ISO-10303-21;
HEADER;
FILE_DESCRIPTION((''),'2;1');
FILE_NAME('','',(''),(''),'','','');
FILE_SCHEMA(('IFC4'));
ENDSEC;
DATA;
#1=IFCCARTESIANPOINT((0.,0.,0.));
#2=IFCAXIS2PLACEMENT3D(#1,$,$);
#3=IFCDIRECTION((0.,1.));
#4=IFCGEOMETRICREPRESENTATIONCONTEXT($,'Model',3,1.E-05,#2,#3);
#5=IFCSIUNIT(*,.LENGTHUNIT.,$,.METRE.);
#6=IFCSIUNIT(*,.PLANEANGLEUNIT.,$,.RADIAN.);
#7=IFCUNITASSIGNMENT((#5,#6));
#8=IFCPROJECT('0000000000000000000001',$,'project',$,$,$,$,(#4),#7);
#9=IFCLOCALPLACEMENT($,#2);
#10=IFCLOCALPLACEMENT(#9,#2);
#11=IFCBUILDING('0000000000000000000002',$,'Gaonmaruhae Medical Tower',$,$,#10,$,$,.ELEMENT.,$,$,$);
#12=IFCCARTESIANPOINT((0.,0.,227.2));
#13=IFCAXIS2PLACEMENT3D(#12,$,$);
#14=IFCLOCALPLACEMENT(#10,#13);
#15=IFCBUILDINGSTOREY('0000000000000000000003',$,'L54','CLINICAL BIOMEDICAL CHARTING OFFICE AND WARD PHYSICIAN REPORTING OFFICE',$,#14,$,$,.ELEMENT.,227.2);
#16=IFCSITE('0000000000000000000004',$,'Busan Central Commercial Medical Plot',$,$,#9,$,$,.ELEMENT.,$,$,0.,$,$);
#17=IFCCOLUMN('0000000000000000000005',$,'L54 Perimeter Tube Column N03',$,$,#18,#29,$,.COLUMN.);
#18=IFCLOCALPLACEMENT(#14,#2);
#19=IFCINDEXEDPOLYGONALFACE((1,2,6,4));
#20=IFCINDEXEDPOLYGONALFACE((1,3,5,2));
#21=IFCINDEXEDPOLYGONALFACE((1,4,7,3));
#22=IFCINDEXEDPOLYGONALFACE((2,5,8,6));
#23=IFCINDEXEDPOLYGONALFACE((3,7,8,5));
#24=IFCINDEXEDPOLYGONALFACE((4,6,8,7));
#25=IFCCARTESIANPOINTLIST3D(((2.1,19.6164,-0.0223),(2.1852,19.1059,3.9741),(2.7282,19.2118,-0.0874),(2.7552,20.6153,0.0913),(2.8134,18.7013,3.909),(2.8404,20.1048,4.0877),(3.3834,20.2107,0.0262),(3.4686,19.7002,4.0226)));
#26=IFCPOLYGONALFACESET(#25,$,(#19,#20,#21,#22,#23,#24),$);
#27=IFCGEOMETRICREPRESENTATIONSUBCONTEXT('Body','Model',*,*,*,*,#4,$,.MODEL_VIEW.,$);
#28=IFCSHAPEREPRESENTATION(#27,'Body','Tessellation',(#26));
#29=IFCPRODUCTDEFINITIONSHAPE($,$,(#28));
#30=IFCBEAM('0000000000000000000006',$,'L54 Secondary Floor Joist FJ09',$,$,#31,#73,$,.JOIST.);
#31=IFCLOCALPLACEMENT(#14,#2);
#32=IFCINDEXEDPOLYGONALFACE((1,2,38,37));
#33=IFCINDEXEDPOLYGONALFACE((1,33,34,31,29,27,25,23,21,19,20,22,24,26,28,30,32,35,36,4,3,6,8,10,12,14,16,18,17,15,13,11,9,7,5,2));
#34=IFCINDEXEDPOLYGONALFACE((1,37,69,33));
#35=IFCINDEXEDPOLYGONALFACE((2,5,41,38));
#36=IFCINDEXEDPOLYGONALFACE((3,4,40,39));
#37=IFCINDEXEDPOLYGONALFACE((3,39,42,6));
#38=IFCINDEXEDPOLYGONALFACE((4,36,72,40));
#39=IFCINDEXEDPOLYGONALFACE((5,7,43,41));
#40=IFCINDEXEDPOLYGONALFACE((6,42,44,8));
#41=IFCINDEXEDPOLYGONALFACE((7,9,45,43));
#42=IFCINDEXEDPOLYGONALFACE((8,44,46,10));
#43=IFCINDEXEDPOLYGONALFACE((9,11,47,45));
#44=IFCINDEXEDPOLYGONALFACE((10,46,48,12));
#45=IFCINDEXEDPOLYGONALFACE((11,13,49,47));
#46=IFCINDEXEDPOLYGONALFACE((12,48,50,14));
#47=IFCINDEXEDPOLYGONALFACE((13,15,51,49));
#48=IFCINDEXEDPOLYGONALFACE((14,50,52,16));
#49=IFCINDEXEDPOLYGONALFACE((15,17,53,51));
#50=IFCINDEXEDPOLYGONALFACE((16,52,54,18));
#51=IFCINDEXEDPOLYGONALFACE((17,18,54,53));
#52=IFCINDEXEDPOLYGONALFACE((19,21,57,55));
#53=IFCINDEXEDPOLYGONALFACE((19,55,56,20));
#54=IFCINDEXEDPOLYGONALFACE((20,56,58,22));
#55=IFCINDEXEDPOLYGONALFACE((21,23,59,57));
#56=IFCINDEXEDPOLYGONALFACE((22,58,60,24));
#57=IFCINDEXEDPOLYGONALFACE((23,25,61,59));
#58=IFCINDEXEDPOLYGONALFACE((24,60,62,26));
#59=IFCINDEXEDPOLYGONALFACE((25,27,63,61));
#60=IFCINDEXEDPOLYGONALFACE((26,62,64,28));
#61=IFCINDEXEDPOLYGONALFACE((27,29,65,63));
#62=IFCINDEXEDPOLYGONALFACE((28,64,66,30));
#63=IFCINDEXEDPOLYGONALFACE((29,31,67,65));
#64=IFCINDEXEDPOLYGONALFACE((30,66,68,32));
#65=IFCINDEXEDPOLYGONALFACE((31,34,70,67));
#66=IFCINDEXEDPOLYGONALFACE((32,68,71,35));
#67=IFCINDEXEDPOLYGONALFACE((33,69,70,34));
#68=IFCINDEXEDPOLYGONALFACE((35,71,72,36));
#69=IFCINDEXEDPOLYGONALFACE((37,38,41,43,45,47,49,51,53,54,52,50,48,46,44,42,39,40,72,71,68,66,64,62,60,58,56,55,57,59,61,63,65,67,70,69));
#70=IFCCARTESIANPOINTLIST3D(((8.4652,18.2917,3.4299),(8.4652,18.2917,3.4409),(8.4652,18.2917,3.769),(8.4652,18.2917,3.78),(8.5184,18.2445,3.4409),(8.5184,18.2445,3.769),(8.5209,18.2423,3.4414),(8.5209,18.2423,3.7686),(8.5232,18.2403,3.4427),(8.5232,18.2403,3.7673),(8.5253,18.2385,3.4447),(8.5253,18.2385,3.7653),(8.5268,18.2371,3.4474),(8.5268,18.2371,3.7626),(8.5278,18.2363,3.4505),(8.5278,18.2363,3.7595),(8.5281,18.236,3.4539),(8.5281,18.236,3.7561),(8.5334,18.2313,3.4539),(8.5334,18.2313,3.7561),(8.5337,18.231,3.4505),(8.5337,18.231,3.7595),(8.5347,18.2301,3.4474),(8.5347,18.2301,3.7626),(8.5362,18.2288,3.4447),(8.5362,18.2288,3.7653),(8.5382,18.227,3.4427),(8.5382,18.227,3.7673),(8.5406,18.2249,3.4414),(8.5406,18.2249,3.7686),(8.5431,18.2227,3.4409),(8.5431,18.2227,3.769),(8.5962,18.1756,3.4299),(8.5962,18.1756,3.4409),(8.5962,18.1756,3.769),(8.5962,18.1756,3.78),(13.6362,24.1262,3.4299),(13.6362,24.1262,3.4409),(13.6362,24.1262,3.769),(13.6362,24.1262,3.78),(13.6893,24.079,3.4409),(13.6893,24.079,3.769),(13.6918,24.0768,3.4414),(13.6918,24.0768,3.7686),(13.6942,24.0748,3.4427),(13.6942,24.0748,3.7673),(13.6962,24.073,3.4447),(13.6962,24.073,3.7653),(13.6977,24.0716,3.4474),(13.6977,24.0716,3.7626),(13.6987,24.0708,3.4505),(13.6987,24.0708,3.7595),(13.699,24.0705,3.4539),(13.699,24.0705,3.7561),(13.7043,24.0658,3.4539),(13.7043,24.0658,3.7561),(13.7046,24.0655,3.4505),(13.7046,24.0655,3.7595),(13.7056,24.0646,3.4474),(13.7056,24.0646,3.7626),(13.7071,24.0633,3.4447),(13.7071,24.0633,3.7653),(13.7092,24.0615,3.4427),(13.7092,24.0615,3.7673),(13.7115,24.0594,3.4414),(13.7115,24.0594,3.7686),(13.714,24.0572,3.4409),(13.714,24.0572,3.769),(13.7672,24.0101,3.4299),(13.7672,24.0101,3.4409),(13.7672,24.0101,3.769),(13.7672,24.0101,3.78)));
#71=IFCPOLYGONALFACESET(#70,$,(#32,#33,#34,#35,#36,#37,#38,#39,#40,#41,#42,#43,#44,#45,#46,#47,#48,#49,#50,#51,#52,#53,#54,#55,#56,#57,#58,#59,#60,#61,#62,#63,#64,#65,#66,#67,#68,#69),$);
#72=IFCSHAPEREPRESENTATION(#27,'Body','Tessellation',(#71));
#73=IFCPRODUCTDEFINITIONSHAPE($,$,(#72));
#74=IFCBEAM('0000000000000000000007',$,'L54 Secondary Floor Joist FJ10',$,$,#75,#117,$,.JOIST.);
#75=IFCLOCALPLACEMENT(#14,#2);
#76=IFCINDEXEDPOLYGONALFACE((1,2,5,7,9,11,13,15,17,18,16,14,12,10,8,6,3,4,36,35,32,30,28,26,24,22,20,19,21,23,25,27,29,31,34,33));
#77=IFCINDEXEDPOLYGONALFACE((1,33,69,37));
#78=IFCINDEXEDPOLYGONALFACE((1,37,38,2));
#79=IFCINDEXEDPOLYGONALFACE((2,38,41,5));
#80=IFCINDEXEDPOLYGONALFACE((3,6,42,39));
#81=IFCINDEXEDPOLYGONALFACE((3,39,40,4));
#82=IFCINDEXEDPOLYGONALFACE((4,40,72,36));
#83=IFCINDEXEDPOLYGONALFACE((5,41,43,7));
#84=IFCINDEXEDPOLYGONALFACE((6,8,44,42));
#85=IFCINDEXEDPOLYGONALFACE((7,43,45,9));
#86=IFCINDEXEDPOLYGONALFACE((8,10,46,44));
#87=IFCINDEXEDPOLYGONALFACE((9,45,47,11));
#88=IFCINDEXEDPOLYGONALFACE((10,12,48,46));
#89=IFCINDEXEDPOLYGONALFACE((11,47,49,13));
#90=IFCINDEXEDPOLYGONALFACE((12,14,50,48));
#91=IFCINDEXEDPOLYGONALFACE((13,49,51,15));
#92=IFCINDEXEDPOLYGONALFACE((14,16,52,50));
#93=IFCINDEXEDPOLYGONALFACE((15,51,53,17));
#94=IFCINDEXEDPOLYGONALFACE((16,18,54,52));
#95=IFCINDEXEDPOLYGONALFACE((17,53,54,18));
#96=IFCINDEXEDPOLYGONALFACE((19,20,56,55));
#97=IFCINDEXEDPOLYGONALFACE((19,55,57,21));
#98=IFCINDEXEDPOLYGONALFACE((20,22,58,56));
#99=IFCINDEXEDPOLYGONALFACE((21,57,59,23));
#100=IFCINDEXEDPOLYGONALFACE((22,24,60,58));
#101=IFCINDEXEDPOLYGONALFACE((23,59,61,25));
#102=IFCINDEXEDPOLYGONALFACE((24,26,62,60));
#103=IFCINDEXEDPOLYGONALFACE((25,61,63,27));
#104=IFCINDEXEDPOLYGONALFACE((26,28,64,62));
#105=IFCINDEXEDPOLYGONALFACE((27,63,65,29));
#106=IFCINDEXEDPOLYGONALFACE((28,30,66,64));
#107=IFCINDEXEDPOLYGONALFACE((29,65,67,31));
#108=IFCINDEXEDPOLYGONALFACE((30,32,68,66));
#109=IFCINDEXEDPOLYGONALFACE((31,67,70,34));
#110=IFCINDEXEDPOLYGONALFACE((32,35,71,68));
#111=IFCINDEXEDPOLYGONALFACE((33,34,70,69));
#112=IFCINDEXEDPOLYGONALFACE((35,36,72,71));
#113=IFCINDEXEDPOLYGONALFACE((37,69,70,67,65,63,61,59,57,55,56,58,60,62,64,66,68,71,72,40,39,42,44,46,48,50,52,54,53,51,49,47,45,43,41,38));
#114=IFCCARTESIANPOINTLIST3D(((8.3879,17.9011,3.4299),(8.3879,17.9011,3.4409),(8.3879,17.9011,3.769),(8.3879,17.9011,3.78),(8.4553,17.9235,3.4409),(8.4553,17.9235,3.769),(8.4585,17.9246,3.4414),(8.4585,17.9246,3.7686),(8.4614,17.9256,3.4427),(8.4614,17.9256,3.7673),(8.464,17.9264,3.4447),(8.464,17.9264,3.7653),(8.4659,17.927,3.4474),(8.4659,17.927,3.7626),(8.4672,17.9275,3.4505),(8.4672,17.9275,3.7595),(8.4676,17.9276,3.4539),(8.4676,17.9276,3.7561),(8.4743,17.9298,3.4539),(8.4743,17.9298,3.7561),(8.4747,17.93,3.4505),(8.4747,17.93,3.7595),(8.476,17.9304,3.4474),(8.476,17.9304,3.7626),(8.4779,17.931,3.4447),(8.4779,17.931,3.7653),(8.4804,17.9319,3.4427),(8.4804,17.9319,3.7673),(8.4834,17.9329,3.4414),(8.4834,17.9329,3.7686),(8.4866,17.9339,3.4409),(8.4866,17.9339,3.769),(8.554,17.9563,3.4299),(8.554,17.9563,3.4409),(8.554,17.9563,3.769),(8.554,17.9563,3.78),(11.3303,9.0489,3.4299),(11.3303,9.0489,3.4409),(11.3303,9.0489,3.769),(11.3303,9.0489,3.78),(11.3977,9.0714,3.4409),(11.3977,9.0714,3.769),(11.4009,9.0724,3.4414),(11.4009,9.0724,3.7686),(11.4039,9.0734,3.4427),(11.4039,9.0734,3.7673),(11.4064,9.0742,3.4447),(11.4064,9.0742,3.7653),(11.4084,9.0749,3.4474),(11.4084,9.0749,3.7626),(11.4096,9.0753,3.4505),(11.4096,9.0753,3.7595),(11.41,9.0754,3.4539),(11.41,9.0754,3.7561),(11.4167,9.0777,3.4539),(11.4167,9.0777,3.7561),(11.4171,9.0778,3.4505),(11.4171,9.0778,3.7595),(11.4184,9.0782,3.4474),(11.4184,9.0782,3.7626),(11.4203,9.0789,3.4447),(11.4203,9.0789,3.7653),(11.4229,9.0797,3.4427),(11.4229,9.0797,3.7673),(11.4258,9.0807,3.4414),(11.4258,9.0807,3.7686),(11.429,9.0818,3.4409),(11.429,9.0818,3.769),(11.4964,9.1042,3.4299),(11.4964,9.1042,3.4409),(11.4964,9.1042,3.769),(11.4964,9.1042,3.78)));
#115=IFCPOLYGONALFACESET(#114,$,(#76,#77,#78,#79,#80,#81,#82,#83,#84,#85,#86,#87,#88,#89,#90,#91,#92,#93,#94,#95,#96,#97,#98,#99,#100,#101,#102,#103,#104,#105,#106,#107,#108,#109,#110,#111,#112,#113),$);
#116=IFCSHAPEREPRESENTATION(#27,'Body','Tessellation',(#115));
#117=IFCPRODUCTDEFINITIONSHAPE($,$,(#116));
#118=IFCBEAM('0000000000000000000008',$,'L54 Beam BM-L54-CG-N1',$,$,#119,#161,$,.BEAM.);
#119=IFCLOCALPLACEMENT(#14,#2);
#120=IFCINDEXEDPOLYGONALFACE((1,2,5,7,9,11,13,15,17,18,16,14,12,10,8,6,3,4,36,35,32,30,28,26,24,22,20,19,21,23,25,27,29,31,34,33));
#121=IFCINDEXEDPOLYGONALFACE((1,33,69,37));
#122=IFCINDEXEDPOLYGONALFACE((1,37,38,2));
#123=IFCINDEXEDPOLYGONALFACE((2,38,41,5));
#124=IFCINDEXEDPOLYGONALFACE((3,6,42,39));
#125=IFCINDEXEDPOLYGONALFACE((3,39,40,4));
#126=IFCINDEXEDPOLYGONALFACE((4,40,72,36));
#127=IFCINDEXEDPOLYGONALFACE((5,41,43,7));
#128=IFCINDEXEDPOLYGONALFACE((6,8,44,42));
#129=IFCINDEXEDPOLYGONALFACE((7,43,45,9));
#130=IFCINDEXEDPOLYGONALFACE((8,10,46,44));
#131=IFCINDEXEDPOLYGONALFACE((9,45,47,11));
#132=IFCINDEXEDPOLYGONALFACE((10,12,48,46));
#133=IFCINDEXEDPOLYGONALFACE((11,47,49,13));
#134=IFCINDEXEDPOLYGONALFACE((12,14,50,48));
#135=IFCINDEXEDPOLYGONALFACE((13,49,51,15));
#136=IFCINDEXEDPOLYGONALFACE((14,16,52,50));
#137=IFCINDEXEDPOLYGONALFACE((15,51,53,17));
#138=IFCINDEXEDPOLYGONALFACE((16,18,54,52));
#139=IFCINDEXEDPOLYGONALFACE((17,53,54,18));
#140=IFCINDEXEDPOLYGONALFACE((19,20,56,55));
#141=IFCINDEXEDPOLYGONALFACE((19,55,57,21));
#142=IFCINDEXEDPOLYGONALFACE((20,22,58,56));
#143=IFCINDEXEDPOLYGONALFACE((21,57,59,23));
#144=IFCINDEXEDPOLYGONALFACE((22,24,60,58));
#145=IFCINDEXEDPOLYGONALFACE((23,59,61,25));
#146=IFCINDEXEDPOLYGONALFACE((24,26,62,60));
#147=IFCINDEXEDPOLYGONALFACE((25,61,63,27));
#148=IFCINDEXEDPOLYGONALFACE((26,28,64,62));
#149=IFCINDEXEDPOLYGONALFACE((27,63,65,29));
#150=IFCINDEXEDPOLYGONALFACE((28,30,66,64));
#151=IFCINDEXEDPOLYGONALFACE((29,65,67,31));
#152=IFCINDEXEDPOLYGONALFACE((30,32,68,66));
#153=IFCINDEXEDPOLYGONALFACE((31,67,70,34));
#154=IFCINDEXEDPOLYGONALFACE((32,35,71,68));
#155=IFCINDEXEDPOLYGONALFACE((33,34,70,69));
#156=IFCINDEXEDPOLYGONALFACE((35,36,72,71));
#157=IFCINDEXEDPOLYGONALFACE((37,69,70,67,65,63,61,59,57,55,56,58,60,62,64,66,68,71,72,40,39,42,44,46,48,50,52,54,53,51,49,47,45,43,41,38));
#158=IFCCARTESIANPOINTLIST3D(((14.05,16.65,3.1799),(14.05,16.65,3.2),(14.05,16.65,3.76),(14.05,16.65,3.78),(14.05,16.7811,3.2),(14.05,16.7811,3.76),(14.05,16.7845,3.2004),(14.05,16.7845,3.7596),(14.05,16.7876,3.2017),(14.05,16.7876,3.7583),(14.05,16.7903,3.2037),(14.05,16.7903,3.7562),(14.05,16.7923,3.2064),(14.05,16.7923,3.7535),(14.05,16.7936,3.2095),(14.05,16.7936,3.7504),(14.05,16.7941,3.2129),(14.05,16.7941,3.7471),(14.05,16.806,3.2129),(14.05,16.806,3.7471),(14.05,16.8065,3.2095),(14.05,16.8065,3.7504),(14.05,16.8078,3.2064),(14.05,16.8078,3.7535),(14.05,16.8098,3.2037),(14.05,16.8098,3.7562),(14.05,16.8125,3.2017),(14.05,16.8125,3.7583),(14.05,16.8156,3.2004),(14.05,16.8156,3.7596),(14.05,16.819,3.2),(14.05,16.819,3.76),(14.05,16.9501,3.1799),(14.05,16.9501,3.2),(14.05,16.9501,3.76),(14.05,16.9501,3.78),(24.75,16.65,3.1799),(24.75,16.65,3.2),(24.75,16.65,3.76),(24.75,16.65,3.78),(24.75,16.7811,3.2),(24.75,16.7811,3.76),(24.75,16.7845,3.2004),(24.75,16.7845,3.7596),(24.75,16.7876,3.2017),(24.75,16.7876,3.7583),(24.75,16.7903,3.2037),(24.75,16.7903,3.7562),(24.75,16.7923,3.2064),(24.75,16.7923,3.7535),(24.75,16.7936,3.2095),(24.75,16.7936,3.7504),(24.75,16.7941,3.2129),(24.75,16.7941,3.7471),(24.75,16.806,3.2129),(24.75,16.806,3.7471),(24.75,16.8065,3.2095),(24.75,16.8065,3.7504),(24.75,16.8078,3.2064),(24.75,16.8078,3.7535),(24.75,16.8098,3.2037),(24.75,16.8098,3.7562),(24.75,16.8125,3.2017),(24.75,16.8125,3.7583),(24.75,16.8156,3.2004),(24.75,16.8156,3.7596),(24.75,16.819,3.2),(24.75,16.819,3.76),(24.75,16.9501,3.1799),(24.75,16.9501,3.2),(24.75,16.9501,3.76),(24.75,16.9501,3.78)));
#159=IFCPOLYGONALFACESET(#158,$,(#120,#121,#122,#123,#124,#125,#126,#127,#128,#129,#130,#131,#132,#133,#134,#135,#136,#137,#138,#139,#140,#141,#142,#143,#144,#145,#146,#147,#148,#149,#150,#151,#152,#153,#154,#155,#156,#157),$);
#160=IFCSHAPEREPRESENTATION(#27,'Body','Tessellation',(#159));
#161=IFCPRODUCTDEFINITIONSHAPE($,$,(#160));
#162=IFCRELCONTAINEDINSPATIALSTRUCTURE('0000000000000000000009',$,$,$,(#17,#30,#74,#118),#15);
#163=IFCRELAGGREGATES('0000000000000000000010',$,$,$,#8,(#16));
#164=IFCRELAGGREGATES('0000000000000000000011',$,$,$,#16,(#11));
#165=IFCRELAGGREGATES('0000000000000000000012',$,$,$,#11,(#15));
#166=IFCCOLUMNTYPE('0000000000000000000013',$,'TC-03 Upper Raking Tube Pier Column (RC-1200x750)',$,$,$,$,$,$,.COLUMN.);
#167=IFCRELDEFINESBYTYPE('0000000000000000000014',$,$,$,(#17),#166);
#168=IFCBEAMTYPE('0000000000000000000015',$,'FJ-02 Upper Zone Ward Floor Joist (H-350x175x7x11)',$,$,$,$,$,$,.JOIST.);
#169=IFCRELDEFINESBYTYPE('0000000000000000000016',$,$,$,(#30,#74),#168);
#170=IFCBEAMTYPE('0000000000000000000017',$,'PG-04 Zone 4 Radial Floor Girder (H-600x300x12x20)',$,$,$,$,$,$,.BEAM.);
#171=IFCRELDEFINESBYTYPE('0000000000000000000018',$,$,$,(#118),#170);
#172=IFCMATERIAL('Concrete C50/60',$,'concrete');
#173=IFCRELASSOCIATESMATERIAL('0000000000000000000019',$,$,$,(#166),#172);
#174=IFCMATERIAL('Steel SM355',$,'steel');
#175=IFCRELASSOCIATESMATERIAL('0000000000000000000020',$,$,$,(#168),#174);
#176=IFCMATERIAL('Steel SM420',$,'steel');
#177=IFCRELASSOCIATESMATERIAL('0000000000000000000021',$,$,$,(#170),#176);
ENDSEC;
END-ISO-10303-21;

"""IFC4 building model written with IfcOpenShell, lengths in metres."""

from ifc_helpers import new_model, si_unit, direction, frame, origin, origin_2d, place, context, subcontext, project, spatial, rectangle, i_section, extrude, material, material_profile, profile_set, type_object, element, save


model = new_model("IFC4")

# Units and contexts
model_context = context("Model", 3, precision=1e-05, world=origin(), true_north=direction((0.0, 1.0)))
body_context = subcontext(model_context, "Body", "Model", "MODEL_VIEW")
ifc_project = project(units=[si_unit("LENGTHUNIT", "METRE"), si_unit("PLANEANGLEUNIT", "RADIAN")], contexts=[model_context])

# Site, building, storey
site_placement = place(None, origin())
site = spatial("IfcSite", under=ifc_project, at=site_placement, Name="Busan Central Commercial Medical Plot", CompositionType="ELEMENT", RefElevation=0.0)
building_placement = place(site_placement, origin())
building = spatial("IfcBuilding", under=site, at=building_placement, Name="Gaonmaruhae Medical Tower", CompositionType="ELEMENT")
storey_placement = place(building_placement, frame((0.0, 0.0, 227.2)))
storey = spatial("IfcBuildingStorey", under=building, at=storey_placement, Name="L54", Description="CLINICAL BIOMEDICAL CHARTING OFFICE AND WARD PHYSICIAN REPORTING OFFICE", CompositionType="ELEMENT", Elevation=227.2)

# Column
ifc_material_1 = material(Name="Concrete C50/60", Category="concrete")
ifc_material_profile_1 = material_profile(ifc_material_1, rectangle(XDim=1.2, YDim=0.75, at=origin_2d()), Name="RC-1200x750")
ifc_profile_set_1 = profile_set([ifc_material_profile_1], Name="Concrete C50/60")
column_type = type_object("IfcColumnType", Name="TC-03 Upper Raking Tube Pier Column (RC-1200x750)", PredefinedType="COLUMN", material=ifc_profile_set_1)
column_placement = place(storey_placement, frame((2.7417, 19.9136, 0.002), z_axis=(0.021144, -0.126683, 0.991718), x_axis=(0.546001, 0.832416, 0.094693)))
element("IfcColumn", 1, at=column_placement, inside=storey, type_object=column_type, Name="L54 Perimeter Tube Column N03", PredefinedType="COLUMN", context=body_context, shape_type="SweptSolid", body=[
    extrude(rectangle(XDim=1.2, YDim=0.75, at=origin_2d()), origin(), (0.0, 0.0, 1.0), 4.0298),
])

# Beams
ifc_material_2 = material(Name="Steel SM355", Category="steel")
ifc_material_profile_2 = material_profile(ifc_material_2, i_section(OverallWidth=0.175, OverallDepth=0.3501, WebThickness=0.0071, FlangeThickness=0.011, FilletRadius=0.0129, at=origin_2d()), Name="H-350x175x7x11")
ifc_profile_set_2 = profile_set([ifc_material_profile_2], Name="Steel SM355")
beam_type_1 = type_object("IfcBeamType", Name="FJ-02 Upper Zone Ward Floor Joist (H-350x175x7x11)", PredefinedType="JOIST", material=ifc_profile_set_2)
beam_1_placement = place(storey_placement, frame((13.7017, 24.0681, 3.605), z_axis=(-0.663267, -0.748383, 0.0), x_axis=(0.748383, -0.663267, 0.0)))
element("IfcBeam", 2, at=beam_1_placement, inside=storey, type_object=beam_type_1, Name="L54 Secondary Floor Joist FJ09", PredefinedType="JOIST", context=body_context, shape_type="SweptSolid", body=[
    extrude(i_section(OverallWidth=0.175, OverallDepth=0.3501, WebThickness=0.0071, FlangeThickness=0.011, FilletRadius=0.0129, at=origin_2d()), origin(), (0.0, 0.0, 1.0), 7.7961),
])
beam_2_placement = place(storey_placement, frame((8.4709, 17.9287, 3.605), z_axis=(0.315427, -0.94895, 0.0), x_axis=(0.94895, 0.315427, 0.0)))
element("IfcBeam", 3, at=beam_2_placement, inside=storey, type_object=beam_type_1, Name="L54 Secondary Floor Joist FJ10", PredefinedType="JOIST", context=body_context, shape_type="SweptSolid", body=[
    extrude(i_section(OverallWidth=0.175, OverallDepth=0.3501, WebThickness=0.0071, FlangeThickness=0.011, FilletRadius=0.0129, at=origin_2d()), origin(), (0.0, 0.0, 1.0), 9.3284),
])
ifc_material_3 = material(Name="Steel SM420", Category="steel")
ifc_material_profile_3 = material_profile(ifc_material_3, i_section(OverallWidth=0.3, OverallDepth=0.6001, WebThickness=0.012, FlangeThickness=0.02, FilletRadius=0.0129, at=origin_2d()), Name="H-600x300x12x20")
ifc_profile_set_3 = profile_set([ifc_material_profile_3], Name="Steel SM420")
beam_type_2 = type_object("IfcBeamType", Name="PG-04 Zone 4 Radial Floor Girder (H-600x300x12x20)", PredefinedType="BEAM", material=ifc_profile_set_3)
beam_3_placement = place(storey_placement, frame((14.05, 16.8, 3.48), z_axis=(1.0, 0.0, 0.0), x_axis=(0.0, 1.0, 0.0)))
element("IfcBeam", 4, at=beam_3_placement, inside=storey, type_object=beam_type_2, Name="L54 Beam BM-L54-CG-N1", PredefinedType="BEAM", context=body_context, shape_type="SweptSolid", body=[
    extrude(i_section(OverallWidth=0.3, OverallDepth=0.6001, WebThickness=0.012, FlangeThickness=0.02, FilletRadius=0.0129, at=origin_2d()), origin(), (0.0, 0.0, 1.0), 10.7),
])

save(model, "model.ifc")
